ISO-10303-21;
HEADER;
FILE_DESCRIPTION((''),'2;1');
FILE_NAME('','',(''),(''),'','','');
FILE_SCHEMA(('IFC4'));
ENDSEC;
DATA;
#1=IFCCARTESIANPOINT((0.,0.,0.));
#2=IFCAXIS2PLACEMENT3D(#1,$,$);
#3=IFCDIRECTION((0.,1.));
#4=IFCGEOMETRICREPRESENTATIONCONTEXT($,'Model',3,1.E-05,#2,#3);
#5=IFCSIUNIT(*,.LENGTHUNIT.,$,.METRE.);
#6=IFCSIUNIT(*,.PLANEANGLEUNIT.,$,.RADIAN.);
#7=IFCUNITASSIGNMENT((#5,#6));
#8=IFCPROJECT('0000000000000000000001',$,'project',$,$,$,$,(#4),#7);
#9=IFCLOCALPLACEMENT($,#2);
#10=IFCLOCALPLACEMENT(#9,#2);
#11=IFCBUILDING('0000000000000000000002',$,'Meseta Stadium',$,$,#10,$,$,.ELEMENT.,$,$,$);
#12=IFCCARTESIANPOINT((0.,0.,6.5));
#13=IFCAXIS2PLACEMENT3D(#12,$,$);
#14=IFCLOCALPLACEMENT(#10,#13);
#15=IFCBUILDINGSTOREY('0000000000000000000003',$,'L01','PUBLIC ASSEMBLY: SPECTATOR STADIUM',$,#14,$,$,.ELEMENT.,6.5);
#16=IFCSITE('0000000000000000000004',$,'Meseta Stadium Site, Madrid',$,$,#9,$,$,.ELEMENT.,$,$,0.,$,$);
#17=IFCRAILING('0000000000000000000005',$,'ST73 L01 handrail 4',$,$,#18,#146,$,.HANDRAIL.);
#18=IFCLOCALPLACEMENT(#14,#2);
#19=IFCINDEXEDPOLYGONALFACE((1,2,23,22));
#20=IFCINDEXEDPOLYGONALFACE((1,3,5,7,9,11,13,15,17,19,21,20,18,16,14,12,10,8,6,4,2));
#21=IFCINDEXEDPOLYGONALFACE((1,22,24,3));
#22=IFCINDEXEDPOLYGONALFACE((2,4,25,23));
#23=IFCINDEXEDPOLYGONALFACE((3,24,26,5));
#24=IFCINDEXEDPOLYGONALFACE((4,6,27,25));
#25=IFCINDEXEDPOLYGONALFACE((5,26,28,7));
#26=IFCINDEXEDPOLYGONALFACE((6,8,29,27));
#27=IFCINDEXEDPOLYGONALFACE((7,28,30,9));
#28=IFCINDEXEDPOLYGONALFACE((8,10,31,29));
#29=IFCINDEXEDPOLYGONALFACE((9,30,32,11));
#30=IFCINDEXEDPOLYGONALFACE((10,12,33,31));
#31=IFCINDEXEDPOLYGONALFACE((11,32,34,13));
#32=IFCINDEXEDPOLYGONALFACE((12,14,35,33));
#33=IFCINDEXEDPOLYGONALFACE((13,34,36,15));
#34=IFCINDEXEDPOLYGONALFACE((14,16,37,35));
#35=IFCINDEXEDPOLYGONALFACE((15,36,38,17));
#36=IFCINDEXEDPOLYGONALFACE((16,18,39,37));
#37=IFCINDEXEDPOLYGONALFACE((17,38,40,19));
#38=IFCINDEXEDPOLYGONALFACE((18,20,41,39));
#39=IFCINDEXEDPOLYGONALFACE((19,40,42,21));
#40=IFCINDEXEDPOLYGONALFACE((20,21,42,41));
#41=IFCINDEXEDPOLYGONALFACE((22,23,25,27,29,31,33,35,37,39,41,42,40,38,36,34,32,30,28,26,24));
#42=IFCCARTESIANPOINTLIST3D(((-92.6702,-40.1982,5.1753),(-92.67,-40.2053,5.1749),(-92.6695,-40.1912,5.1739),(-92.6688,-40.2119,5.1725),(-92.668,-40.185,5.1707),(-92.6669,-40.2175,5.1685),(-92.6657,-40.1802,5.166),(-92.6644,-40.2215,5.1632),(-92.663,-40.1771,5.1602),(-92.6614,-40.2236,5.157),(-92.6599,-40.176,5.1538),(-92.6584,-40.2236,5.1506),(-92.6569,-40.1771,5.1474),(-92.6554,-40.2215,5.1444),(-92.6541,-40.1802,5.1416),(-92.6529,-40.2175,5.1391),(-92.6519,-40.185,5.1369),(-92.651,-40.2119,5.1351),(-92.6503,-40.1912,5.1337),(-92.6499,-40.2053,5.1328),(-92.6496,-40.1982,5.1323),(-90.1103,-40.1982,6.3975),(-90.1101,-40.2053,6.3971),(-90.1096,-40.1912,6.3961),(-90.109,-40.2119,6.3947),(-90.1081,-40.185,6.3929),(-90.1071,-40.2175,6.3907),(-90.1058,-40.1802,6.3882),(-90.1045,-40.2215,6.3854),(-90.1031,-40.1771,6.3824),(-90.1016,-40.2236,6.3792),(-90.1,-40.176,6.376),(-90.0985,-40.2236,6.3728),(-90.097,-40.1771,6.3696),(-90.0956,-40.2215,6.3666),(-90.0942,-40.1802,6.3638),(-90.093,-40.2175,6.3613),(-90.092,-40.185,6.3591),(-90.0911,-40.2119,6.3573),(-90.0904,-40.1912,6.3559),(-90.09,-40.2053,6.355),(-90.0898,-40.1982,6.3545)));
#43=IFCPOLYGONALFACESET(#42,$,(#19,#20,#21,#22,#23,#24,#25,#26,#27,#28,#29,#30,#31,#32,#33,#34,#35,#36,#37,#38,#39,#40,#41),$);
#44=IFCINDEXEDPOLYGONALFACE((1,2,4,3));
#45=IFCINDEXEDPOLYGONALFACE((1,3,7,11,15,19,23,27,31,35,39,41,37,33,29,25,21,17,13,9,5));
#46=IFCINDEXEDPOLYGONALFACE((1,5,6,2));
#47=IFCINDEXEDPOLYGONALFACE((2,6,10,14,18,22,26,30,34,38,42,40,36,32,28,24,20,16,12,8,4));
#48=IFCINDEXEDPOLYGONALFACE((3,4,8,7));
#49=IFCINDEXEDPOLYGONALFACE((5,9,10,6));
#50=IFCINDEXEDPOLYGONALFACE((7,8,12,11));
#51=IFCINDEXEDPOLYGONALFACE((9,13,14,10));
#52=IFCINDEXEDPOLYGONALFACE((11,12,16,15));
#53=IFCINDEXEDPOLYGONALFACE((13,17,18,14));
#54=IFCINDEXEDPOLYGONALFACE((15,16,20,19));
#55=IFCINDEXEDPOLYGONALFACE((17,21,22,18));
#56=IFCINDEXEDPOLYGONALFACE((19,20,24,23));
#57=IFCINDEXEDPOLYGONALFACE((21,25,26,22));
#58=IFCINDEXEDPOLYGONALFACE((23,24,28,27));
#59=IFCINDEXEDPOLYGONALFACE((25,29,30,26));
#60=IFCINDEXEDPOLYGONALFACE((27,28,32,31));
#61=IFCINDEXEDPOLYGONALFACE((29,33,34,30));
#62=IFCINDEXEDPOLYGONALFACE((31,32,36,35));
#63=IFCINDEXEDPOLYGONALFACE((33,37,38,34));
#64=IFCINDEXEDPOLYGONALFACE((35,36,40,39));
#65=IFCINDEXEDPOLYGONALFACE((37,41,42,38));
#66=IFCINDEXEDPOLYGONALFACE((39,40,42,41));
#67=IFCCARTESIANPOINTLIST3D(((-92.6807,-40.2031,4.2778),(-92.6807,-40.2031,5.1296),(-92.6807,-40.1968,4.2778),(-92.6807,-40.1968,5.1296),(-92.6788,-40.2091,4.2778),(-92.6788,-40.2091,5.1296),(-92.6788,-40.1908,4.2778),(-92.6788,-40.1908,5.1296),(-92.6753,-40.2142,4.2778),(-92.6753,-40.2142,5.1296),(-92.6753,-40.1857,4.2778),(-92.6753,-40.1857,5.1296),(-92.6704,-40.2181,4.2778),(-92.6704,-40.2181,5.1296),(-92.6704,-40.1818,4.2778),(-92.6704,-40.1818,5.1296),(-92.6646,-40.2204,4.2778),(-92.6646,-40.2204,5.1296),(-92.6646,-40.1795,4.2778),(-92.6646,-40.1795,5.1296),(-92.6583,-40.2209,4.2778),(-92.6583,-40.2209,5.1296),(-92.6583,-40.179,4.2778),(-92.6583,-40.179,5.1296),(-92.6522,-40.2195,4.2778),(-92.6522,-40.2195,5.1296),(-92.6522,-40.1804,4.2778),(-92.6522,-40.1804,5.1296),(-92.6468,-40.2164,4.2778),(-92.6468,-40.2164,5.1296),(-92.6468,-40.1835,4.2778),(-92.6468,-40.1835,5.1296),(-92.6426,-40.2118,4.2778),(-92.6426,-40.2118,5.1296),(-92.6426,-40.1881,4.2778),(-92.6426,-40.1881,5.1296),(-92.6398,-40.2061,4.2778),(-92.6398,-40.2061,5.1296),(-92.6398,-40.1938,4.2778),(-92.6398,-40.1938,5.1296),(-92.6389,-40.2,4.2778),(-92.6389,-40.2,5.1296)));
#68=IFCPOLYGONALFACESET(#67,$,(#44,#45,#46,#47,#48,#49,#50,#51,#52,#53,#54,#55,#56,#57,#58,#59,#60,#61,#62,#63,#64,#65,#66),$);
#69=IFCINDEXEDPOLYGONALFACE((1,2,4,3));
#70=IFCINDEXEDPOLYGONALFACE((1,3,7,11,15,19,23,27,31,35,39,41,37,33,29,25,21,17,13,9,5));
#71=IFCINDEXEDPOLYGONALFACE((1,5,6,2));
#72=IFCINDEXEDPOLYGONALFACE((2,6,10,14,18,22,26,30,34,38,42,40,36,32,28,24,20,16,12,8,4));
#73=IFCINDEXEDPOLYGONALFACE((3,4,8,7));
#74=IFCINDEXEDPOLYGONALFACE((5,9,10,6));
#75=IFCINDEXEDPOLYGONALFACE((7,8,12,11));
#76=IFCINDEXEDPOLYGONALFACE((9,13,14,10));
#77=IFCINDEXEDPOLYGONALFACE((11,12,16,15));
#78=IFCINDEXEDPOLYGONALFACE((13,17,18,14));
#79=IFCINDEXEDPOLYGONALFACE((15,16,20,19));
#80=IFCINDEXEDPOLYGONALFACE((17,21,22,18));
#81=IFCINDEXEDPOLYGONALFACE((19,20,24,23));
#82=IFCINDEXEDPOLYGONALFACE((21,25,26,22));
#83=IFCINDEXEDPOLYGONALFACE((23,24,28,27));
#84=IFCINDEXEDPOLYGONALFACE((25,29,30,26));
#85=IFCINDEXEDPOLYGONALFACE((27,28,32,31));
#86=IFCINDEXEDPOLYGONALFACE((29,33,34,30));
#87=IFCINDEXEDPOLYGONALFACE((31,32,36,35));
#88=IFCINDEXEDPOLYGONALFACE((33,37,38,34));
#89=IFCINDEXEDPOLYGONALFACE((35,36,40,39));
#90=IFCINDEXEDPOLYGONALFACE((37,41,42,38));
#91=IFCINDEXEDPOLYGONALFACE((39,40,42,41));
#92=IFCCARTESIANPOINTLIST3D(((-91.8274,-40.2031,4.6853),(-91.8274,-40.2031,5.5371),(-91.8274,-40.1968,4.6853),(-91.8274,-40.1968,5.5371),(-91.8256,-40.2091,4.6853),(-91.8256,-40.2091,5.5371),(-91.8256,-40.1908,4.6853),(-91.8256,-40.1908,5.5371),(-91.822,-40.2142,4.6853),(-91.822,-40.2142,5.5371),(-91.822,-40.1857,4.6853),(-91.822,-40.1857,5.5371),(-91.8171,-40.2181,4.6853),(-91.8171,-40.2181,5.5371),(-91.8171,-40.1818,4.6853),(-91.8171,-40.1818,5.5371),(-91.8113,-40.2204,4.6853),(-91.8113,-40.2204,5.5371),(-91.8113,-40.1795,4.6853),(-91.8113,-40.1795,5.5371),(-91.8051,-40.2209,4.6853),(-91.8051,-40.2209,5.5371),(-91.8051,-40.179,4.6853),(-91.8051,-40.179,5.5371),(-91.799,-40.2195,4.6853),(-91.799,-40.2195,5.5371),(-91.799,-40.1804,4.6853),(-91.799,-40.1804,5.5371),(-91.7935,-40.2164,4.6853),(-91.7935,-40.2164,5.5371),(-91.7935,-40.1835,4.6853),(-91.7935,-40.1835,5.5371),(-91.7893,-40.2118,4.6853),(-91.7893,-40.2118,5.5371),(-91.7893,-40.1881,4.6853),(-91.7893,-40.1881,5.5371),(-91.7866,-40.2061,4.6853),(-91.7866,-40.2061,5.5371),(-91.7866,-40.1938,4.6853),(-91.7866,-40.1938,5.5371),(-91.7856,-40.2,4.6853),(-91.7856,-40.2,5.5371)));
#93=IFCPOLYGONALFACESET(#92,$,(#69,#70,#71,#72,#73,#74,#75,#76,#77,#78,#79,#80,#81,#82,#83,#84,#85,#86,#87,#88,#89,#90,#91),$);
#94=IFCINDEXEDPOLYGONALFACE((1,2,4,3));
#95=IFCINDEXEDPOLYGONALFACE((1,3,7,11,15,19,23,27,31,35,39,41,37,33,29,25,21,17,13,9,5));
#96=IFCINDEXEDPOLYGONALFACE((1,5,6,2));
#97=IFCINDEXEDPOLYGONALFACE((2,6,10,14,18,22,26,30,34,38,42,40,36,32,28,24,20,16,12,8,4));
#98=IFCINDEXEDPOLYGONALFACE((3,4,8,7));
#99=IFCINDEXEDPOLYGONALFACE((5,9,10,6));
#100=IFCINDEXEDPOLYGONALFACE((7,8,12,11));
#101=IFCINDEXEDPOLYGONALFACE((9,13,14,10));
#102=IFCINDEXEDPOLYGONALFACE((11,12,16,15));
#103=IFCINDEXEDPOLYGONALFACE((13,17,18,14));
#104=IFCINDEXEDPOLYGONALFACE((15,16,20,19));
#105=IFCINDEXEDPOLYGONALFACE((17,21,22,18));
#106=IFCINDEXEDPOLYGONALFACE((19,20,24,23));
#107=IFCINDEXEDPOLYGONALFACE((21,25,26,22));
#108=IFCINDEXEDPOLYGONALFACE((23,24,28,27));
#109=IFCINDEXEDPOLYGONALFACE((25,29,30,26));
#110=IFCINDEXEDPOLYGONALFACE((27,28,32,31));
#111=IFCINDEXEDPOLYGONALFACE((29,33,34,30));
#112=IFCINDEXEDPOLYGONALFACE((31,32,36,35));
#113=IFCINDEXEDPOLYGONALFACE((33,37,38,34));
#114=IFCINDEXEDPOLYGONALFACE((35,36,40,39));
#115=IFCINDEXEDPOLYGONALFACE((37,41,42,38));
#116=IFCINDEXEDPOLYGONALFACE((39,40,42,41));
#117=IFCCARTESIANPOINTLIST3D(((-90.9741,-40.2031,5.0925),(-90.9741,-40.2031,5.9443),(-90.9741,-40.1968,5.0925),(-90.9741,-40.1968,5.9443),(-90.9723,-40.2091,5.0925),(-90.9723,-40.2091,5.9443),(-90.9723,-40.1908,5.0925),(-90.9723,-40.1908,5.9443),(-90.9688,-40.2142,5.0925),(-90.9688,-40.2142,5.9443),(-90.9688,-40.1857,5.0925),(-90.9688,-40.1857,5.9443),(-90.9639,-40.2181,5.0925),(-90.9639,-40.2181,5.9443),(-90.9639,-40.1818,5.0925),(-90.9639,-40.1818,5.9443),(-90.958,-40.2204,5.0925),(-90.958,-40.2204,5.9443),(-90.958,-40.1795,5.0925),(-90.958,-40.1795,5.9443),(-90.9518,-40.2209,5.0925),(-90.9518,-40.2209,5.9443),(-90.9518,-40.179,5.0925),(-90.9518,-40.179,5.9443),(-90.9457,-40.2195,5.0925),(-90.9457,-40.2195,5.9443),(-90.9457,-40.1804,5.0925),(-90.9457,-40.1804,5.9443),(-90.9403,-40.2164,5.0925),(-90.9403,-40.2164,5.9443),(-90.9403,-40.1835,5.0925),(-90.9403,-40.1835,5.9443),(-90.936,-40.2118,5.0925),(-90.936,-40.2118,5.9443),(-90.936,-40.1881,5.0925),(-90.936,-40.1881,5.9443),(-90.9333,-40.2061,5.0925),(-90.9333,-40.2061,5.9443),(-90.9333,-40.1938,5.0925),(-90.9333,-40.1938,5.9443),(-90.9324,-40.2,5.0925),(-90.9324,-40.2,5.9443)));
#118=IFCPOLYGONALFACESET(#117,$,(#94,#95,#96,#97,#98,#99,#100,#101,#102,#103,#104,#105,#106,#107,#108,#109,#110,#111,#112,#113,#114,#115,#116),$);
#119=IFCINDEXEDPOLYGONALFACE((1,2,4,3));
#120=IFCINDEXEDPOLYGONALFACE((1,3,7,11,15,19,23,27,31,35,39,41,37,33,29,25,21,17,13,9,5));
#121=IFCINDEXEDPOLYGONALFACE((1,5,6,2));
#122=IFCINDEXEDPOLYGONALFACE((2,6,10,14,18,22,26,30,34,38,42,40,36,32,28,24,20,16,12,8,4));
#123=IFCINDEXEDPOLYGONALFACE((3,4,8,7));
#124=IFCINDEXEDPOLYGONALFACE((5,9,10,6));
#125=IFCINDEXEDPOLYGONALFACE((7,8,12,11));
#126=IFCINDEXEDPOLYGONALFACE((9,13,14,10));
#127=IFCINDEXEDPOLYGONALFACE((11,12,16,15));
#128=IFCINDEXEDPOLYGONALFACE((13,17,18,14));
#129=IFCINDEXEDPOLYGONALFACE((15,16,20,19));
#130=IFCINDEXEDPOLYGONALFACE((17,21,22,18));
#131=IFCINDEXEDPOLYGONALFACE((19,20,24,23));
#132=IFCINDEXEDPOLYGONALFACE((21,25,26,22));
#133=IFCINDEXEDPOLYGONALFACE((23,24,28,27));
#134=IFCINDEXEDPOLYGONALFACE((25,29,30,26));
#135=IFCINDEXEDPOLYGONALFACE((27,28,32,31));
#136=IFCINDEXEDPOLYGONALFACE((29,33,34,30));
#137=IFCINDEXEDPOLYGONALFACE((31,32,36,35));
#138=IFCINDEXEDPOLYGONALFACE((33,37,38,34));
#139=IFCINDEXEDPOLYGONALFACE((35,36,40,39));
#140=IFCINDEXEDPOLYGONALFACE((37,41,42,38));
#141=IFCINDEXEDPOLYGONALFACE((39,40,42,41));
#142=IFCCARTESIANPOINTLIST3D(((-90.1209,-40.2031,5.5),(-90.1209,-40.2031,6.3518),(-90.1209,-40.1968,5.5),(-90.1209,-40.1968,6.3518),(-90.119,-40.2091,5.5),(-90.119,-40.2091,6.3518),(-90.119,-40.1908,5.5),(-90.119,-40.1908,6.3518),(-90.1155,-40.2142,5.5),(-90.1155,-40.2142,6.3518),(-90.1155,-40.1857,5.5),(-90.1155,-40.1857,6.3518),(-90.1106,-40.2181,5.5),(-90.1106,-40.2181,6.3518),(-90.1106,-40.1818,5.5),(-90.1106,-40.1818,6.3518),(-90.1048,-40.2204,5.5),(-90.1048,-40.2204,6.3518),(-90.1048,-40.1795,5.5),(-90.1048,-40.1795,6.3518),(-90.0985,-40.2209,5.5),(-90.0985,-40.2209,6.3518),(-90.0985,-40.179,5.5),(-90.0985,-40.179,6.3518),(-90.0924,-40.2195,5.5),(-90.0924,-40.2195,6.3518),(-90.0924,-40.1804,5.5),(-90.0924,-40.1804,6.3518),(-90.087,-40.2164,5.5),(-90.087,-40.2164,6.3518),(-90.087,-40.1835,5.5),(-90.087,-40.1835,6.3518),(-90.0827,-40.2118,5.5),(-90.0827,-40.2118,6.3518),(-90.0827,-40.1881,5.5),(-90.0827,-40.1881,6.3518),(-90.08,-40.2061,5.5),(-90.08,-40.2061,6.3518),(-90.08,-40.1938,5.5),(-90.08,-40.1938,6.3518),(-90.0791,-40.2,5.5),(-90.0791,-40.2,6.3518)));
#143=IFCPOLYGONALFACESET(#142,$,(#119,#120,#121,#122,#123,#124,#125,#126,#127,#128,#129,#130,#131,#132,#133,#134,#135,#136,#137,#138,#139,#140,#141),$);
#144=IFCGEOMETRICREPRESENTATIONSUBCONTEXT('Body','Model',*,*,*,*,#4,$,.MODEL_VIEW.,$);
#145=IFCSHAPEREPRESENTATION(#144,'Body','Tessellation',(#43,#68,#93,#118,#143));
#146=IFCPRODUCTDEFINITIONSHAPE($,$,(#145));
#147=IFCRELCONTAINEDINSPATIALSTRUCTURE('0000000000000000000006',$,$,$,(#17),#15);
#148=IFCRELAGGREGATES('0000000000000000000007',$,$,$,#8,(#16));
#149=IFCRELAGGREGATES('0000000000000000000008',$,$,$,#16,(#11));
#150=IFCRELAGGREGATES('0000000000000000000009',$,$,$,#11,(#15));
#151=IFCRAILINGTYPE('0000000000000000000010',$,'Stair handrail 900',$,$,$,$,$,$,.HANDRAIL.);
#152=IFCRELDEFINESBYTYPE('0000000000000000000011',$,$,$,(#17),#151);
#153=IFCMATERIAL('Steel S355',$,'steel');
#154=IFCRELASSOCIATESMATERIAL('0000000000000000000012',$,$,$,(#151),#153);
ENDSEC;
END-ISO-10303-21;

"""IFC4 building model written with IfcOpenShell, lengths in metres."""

from ifc_helpers import new_model, si_unit, direction, frame, origin, origin_2d, place, context, subcontext, project, spatial, circle, extrude, material, type_object, element, save


model = new_model("IFC4")

# Units and contexts
model_context = context("Model", 3, precision=1e-05, world=origin(), true_north=direction((0.0, 1.0)))
body_context = subcontext(model_context, "Body", "Model", "MODEL_VIEW")
ifc_project = project(units=[si_unit("LENGTHUNIT", "METRE"), si_unit("PLANEANGLEUNIT", "RADIAN")], contexts=[model_context])

# Site, building, storey
site_placement = place(None, origin())
site = spatial("IfcSite", under=ifc_project, at=site_placement, Name="Meseta Stadium Site, Madrid", CompositionType="ELEMENT", RefElevation=0.0)
building_placement = place(site_placement, origin())
building = spatial("IfcBuilding", under=site, at=building_placement, Name="Meseta Stadium", CompositionType="ELEMENT")
storey_placement = place(building_placement, frame((0.0, 0.0, 6.5)))
storey = spatial("IfcBuildingStorey", under=building, at=storey_placement, Name="L01", Description="PUBLIC ASSEMBLY: SPECTATOR STADIUM", CompositionType="ELEMENT", Elevation=6.5)

# Railing
ifc_material_1 = material(Name="Steel S355", Category="steel")
railing_type_1 = type_object("IfcRailingType", Name="Stair handrail 900", PredefinedType="HANDRAIL", material=ifc_material_1)
for number, where, name in (
    (1, (-92.6599, -40.2, 4.2778), "ST73 L01 handrail 4"),
):
    element("IfcRailing", number, at=place(storey_placement, frame(where)), inside=storey, type_object=railing_type_1, Name=name, PredefinedType="HANDRAIL", context=body_context, shape_type="SweptSolid", body=[
        extrude(circle(Radius=0.0239, at=origin_2d()), frame((0.0, 0.0, 0.876), z_axis=(0.902421, 0.0, 0.430855), x_axis=(0.0, 1.0, 0.0)), (0.0, 0.0, 1.0), 2.8367),
        extrude(circle(Radius=0.021, at=origin_2d()), origin(), (0.0, 0.0, 1.0), 0.8518),
        extrude(circle(Radius=0.021, at=origin_2d()), frame((0.8533, 0.0, 0.4075)), (0.0, 0.0, 1.0), 0.8518),
        extrude(circle(Radius=0.021, at=origin_2d()), frame((1.7065, 0.0, 0.8147)), (0.0, 0.0, 1.0), 0.8518),
        extrude(circle(Radius=0.021, at=origin_2d()), frame((2.5598, 0.0, 1.2222)), (0.0, 0.0, 1.0), 0.8518),
    ])

save(model, "model.ifc")
